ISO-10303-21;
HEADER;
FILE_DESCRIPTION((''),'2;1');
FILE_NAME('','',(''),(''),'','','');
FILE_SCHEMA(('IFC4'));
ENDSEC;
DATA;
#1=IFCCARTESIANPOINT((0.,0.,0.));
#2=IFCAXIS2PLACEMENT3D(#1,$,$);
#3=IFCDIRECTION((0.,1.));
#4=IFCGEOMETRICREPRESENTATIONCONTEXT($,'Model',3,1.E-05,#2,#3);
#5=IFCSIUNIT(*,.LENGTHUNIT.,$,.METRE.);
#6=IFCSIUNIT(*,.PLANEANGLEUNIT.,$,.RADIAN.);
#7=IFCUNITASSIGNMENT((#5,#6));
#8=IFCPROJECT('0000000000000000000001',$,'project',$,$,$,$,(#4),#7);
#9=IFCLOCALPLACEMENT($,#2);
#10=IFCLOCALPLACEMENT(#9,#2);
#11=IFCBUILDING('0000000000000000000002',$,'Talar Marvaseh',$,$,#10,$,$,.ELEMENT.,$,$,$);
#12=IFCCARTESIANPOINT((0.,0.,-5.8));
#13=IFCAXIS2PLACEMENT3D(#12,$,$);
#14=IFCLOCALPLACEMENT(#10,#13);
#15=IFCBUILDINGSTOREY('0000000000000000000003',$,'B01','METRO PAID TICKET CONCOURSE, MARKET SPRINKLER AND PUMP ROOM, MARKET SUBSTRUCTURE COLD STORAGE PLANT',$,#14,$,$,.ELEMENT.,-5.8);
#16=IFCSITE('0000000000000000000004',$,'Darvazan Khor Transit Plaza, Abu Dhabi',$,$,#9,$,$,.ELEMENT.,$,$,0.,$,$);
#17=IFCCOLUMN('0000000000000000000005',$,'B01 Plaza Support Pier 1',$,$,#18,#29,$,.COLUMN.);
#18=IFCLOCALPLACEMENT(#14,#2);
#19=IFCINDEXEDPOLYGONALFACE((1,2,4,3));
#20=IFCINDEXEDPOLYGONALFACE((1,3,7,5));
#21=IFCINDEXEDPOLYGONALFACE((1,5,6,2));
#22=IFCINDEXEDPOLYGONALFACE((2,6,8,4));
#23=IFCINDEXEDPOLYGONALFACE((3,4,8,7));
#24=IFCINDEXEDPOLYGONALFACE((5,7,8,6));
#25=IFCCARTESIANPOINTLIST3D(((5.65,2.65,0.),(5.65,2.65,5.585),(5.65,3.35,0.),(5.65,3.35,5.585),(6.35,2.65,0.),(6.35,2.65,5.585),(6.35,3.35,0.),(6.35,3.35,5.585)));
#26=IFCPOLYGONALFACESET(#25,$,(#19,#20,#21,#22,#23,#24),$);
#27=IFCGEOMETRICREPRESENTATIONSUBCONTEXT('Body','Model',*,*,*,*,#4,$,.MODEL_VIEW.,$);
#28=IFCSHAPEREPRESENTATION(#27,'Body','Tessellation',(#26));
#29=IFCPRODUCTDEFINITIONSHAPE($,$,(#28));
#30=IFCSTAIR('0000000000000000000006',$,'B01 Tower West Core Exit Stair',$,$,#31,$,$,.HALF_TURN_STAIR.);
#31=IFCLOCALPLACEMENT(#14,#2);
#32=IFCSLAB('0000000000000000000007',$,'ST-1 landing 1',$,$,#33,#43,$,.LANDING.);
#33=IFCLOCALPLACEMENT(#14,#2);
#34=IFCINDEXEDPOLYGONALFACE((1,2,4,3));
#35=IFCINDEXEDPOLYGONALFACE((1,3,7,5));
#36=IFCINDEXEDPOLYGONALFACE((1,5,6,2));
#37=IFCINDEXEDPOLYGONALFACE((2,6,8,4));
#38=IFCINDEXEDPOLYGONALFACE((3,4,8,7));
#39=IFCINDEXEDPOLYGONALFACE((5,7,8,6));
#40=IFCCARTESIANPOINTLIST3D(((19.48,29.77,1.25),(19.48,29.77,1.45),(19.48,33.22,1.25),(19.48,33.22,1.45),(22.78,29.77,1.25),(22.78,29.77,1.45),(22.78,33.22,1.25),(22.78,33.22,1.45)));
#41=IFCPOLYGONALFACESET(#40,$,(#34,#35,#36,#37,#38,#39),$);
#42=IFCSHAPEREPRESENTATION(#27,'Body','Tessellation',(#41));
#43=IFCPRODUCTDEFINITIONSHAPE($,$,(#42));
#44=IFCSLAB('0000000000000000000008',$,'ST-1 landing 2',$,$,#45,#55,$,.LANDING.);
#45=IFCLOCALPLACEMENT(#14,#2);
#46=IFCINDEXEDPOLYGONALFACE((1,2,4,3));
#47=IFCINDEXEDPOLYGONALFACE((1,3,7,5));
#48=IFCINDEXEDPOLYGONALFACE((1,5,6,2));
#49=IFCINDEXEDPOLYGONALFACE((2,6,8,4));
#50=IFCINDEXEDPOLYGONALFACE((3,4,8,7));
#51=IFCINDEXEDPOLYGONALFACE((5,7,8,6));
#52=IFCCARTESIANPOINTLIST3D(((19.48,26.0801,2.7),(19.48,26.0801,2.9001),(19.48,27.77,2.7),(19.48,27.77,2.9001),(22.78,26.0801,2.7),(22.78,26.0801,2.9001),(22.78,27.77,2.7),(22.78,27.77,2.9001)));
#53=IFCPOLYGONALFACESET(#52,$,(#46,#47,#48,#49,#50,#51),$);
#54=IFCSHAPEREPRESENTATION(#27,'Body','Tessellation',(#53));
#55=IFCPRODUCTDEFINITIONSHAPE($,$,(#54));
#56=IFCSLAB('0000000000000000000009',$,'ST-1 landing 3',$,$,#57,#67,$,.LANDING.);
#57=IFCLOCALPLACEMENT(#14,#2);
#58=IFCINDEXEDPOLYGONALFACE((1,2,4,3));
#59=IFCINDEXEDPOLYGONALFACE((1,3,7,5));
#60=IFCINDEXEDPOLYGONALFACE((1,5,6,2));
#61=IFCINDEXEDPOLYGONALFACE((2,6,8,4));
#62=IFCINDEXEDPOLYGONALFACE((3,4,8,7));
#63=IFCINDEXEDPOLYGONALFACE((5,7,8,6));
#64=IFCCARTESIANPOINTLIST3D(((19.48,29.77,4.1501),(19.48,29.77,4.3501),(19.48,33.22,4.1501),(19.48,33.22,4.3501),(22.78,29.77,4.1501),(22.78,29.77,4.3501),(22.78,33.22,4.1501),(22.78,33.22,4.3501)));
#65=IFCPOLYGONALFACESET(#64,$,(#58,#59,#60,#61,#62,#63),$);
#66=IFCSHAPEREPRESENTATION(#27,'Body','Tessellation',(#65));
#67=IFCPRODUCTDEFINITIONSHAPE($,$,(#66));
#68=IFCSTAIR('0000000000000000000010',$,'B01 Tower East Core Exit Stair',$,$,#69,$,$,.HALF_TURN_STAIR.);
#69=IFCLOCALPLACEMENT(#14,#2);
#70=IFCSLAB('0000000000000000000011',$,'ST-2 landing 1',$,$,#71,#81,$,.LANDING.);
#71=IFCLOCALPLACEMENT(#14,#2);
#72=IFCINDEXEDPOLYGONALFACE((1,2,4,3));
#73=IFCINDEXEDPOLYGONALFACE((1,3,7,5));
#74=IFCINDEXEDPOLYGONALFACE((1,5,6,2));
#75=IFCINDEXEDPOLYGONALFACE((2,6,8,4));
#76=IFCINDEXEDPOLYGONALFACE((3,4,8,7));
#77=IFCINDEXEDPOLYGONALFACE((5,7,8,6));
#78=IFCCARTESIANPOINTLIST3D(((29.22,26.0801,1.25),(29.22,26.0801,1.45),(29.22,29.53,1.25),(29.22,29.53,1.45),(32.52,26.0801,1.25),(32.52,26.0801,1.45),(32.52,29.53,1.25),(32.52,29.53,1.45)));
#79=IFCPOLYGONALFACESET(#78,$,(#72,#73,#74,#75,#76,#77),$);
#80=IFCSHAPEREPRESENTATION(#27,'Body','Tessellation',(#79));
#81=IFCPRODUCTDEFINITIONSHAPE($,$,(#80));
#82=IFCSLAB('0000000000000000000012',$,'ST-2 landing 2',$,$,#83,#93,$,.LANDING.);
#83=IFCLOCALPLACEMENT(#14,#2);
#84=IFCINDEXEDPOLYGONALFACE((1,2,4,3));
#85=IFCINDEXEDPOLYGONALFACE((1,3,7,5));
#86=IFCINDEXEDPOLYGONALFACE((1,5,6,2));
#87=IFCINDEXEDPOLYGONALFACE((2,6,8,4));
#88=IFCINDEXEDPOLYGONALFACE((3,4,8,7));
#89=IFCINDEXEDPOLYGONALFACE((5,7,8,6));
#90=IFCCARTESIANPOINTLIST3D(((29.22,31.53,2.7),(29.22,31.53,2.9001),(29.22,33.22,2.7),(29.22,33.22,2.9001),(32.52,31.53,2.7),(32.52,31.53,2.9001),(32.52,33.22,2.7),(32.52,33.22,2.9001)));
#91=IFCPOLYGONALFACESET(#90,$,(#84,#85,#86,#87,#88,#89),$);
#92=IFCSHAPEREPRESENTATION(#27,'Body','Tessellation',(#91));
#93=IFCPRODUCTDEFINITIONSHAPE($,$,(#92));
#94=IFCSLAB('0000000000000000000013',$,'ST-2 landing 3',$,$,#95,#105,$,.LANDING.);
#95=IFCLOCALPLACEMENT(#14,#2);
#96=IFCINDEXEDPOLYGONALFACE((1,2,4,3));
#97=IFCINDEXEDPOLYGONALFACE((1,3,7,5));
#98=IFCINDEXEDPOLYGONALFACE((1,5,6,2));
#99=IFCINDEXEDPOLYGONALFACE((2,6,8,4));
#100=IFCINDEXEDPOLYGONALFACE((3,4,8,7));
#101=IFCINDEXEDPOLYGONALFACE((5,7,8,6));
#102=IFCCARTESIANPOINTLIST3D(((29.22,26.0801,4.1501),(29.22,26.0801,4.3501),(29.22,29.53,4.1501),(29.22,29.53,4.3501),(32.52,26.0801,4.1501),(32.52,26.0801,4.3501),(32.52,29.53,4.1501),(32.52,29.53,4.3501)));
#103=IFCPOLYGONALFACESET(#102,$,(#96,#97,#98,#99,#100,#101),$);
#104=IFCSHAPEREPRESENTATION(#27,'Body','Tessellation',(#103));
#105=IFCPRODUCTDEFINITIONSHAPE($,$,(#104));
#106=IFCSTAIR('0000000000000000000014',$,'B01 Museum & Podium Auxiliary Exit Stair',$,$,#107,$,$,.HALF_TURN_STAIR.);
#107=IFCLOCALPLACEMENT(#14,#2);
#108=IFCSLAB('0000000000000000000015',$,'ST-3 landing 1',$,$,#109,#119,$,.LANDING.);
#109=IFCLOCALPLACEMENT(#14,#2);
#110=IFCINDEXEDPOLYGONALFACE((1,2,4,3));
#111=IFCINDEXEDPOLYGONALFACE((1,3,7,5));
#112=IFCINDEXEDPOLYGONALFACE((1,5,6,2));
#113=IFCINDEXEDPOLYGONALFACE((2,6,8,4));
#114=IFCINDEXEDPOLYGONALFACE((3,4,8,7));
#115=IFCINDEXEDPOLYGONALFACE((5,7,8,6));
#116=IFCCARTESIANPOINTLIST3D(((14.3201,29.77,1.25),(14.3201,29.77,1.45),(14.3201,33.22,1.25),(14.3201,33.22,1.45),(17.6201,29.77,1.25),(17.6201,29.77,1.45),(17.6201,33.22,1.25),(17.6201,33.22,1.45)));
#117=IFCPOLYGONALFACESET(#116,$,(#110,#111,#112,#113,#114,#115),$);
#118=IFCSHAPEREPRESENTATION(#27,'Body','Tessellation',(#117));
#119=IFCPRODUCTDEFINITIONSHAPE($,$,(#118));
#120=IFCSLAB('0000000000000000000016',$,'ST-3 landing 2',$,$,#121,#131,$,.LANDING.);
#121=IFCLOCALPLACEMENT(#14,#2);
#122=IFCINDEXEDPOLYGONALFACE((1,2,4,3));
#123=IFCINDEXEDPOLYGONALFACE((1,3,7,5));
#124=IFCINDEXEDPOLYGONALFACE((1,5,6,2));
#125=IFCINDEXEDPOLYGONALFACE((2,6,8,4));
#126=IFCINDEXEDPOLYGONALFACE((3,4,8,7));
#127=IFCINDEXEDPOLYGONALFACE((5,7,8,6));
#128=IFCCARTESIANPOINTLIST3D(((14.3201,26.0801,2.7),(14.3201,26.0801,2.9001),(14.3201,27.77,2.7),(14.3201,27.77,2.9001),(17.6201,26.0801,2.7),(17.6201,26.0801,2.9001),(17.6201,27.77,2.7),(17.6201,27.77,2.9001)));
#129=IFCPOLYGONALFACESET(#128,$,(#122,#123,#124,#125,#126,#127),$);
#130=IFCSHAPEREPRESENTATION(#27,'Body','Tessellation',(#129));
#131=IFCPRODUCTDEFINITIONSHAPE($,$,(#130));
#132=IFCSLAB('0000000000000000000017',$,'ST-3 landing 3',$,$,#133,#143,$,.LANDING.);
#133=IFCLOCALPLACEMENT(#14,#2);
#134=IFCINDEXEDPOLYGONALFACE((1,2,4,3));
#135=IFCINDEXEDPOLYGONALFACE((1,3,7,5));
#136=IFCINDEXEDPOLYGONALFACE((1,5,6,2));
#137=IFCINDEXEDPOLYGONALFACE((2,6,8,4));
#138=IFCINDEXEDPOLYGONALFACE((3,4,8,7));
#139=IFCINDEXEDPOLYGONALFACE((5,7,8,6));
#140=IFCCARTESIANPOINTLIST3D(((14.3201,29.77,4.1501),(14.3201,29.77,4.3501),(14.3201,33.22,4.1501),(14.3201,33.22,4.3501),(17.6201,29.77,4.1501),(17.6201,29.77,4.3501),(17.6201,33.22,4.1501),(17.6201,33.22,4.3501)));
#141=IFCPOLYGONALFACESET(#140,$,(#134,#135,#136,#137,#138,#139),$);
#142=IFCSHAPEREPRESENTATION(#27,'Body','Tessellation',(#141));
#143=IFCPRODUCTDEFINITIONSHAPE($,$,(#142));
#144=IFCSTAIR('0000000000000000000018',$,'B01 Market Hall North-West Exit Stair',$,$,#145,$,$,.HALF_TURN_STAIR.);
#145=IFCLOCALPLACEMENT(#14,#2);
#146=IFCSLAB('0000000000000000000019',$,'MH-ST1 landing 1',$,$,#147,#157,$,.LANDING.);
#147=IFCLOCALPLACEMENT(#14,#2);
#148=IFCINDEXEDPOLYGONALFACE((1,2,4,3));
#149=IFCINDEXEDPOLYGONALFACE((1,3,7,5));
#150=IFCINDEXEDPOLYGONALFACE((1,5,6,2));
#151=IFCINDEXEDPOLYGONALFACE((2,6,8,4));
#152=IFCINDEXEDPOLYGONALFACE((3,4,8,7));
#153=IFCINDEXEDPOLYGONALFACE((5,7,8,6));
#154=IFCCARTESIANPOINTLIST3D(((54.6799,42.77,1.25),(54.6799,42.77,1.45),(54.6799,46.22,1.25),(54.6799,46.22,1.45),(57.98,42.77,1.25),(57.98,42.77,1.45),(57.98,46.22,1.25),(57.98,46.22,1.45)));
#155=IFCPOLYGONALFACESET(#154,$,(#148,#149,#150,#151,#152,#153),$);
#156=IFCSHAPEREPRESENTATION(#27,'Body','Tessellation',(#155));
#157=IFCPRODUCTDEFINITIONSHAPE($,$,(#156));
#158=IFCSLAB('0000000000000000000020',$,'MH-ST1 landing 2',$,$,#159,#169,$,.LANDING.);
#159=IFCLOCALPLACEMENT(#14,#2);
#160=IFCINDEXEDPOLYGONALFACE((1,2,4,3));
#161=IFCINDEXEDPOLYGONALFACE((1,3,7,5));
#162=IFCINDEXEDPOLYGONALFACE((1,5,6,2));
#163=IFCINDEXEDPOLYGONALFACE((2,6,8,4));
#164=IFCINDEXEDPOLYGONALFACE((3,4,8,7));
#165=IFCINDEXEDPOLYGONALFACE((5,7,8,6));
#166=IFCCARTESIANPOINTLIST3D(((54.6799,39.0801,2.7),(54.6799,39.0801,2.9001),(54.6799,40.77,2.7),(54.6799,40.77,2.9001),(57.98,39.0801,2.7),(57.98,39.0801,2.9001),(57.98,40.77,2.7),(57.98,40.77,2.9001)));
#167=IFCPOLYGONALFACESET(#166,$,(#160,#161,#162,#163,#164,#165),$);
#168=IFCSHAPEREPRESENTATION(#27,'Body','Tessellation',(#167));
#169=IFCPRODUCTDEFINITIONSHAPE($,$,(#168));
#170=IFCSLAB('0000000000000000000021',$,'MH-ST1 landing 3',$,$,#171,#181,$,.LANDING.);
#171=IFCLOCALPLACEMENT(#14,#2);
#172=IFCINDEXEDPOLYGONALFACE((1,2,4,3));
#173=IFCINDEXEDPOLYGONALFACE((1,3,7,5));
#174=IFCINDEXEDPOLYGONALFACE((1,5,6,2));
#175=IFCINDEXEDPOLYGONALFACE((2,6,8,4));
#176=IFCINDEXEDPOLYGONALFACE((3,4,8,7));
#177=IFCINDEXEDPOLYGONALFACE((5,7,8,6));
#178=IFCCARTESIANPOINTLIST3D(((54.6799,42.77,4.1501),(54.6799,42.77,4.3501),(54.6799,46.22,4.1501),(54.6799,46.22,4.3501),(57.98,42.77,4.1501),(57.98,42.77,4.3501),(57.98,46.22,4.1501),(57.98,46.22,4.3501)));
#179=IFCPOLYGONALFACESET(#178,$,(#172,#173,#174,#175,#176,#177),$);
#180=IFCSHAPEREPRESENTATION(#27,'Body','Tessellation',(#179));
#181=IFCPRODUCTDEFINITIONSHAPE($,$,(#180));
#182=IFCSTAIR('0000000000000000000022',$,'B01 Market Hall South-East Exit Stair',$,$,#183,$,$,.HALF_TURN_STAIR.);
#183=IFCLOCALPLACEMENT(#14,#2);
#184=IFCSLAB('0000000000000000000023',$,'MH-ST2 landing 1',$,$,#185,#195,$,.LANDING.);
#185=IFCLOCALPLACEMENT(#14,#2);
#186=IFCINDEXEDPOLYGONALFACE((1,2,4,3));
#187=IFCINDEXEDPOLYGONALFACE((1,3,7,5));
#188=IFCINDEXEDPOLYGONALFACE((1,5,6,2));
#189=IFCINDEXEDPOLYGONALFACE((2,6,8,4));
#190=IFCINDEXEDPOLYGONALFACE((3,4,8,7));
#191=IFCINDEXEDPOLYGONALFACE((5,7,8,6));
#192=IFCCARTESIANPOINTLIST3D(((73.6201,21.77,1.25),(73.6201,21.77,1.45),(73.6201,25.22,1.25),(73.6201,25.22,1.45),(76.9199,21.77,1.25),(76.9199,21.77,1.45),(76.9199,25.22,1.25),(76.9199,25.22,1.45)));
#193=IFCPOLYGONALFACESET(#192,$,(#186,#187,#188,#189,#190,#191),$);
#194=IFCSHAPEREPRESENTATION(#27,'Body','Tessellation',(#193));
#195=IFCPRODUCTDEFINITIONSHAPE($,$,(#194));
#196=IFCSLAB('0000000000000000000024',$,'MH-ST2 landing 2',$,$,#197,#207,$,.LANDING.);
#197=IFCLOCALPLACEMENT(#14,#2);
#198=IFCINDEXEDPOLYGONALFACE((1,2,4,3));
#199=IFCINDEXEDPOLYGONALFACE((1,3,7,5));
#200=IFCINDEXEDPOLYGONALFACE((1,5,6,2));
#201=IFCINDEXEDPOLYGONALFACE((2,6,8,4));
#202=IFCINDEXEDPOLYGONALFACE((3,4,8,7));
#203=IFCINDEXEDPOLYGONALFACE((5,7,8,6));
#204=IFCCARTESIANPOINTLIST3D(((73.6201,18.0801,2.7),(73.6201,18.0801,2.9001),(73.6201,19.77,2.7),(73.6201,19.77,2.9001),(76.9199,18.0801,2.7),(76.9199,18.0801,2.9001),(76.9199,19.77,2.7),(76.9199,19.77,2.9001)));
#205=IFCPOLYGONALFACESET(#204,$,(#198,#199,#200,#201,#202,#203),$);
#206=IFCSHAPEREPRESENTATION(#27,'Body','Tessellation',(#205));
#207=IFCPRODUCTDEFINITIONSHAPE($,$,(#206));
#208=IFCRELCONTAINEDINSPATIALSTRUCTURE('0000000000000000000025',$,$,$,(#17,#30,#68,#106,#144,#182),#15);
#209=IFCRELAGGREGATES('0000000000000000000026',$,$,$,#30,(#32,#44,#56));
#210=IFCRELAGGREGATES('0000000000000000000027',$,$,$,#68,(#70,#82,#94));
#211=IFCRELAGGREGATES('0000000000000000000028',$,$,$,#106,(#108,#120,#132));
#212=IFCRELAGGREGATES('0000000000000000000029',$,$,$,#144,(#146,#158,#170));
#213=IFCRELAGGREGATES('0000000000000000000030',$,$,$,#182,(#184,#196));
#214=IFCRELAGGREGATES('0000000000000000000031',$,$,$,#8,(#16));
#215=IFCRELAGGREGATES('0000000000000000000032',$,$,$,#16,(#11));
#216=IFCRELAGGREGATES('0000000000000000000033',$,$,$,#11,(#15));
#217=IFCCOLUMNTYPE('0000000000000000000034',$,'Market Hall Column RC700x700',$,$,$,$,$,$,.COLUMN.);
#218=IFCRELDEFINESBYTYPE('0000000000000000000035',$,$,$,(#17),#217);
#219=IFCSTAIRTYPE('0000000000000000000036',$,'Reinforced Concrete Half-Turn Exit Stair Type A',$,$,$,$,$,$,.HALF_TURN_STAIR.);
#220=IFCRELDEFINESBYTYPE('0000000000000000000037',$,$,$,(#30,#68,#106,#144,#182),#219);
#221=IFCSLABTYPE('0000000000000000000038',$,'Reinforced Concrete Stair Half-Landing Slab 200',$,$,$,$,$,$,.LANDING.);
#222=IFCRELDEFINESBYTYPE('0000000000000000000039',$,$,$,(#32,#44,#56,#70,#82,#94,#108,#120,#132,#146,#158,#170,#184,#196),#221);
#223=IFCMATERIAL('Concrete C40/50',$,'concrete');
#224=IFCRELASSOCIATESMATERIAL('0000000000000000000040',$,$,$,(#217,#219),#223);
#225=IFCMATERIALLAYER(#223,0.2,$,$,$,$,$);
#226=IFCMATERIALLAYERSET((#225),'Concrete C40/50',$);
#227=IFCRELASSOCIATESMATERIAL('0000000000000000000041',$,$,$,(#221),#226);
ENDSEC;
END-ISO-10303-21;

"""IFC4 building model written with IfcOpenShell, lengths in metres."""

from ifc_helpers import new_model, si_unit, direction, frame, origin, origin_2d, place, context, subcontext, project, spatial, polyline, rectangle, outline, extrude, material, layer, layer_set, material_profile, profile_set, type_object, element, aggregate, save


model = new_model("IFC4")

# Units and contexts
model_context = context("Model", 3, precision=1e-05, world=origin(), true_north=direction((0.0, 1.0)))
body_context = subcontext(model_context, "Body", "Model", "MODEL_VIEW")
ifc_project = project(units=[si_unit("LENGTHUNIT", "METRE"), si_unit("PLANEANGLEUNIT", "RADIAN")], contexts=[model_context])

# Site, building, storey
site_placement = place(None, origin())
site = spatial("IfcSite", under=ifc_project, at=site_placement, Name="Darvazan Khor Transit Plaza, Abu Dhabi", CompositionType="ELEMENT", RefElevation=0.0)
building_placement = place(site_placement, origin())
building = spatial("IfcBuilding", under=site, at=building_placement, Name="Talar Marvaseh", CompositionType="ELEMENT")
storey_placement = place(building_placement, frame((0.0, 0.0, -5.8)))
storey = spatial("IfcBuildingStorey", under=building, at=storey_placement, Name="B01", Description="METRO PAID TICKET CONCOURSE, MARKET SPRINKLER AND PUMP ROOM, MARKET SUBSTRUCTURE COLD STORAGE PLANT", CompositionType="ELEMENT", Elevation=-5.8)

# Column
ifc_material_1 = material(Name="Concrete C40/50", Category="concrete")
ifc_material_profile = material_profile(ifc_material_1, rectangle(XDim=0.7, YDim=0.7, at=origin_2d()), Name="RC700x700")
ifc_profile_set = profile_set([ifc_material_profile], Name="Concrete C40/50")
column_type = type_object("IfcColumnType", Name="Market Hall Column RC700x700", PredefinedType="COLUMN", material=ifc_profile_set)
column_placement = place(storey_placement, frame((6.0, 3.0, 0.0), z_axis=(0.0, 0.0, 1.0), x_axis=(1.0, 0.0, 0.0)))
element("IfcColumn", 1, at=column_placement, inside=storey, type_object=column_type, Name="B01 Plaza Support Pier 1", PredefinedType="COLUMN", context=body_context, shape_type="SweptSolid", body=[
    extrude(rectangle(XDim=0.7, YDim=0.7, at=origin_2d()), origin(), (0.0, 0.0, 1.0), 5.585),
])

# Stairs, slabs
stair_type = type_object("IfcStairType", Name="Reinforced Concrete Half-Turn Exit Stair Type A", PredefinedType="HALF_TURN_STAIR", material=ifc_material_1)
stair_1_placement = place(storey_placement, origin())
stair_1 = element("IfcStair", 2, at=stair_1_placement, inside=storey, type_object=stair_type, Name="B01 Tower West Core Exit Stair", PredefinedType="HALF_TURN_STAIR")
ifc_layer_1 = layer(ifc_material_1, 0.2)
ifc_layer_set_1 = layer_set([ifc_layer_1], Name="Concrete C40/50")
slab_type_1 = type_object("IfcSlabType", Name="Reinforced Concrete Stair Half-Landing Slab 200", PredefinedType="LANDING", material=ifc_layer_set_1)
slab_1_placement = place(storey_placement, frame((0.0, 0.0, 1.25)))
slab_1 = element("IfcSlab", 3, at=slab_1_placement, type_object=slab_type_1, Name="ST-1 landing 1", PredefinedType="LANDING", context=body_context, shape_type="SweptSolid", body=[
    extrude(outline(polyline([(22.78, 29.77), (22.78, 33.22), (19.48, 33.22), (19.48, 29.77), (22.78, 29.77)])), origin(), (0.0, 0.0, 1.0), 0.2),
])
slab_2_placement = place(storey_placement, frame((0.0, 0.0, 2.7)))
slab_2 = element("IfcSlab", 4, at=slab_2_placement, type_object=slab_type_1, Name="ST-1 landing 2", PredefinedType="LANDING", context=body_context, shape_type="SweptSolid", body=[
    extrude(outline(polyline([(22.78, 26.0801), (22.78, 27.77), (19.48, 27.77), (19.48, 26.0801), (22.78, 26.0801)])), origin(), (0.0, 0.0, 1.0), 0.2002),
])
slab_3_placement = place(storey_placement, frame((0.0, 0.0, 4.1501)))
slab_3 = element("IfcSlab", 5, at=slab_3_placement, type_object=slab_type_1, Name="ST-1 landing 3", PredefinedType="LANDING", context=body_context, shape_type="SweptSolid", body=[
    extrude(outline(polyline([(22.78, 29.77), (22.78, 33.22), (19.48, 33.22), (19.48, 29.77), (22.78, 29.77)])), origin(), (0.0, 0.0, 1.0), 0.2),
])
aggregate(stair_1, [slab_1, slab_2, slab_3])
stair_2_placement = place(storey_placement, origin())
stair_2 = element("IfcStair", 6, at=stair_2_placement, inside=storey, type_object=stair_type, Name="B01 Tower East Core Exit Stair", PredefinedType="HALF_TURN_STAIR")
slab_4_placement = place(storey_placement, frame((0.0, 0.0, 1.25)))
slab_4 = element("IfcSlab", 7, at=slab_4_placement, type_object=slab_type_1, Name="ST-2 landing 1", PredefinedType="LANDING", context=body_context, shape_type="SweptSolid", body=[
    extrude(outline(polyline([(29.22, 29.53), (29.22, 26.0801), (32.52, 26.0801), (32.52, 29.53), (29.22, 29.53)])), origin(), (0.0, 0.0, 1.0), 0.2),
])
slab_5_placement = place(storey_placement, frame((0.0, 0.0, 2.7)))
slab_5 = element("IfcSlab", 8, at=slab_5_placement, type_object=slab_type_1, Name="ST-2 landing 2", PredefinedType="LANDING", context=body_context, shape_type="SweptSolid", body=[
    extrude(outline(polyline([(29.22, 33.22), (29.22, 31.53), (32.52, 31.53), (32.52, 33.22), (29.22, 33.22)])), origin(), (0.0, 0.0, 1.0), 0.2002),
])
slab_6_placement = place(storey_placement, frame((0.0, 0.0, 4.1501)))
slab_6 = element("IfcSlab", 9, at=slab_6_placement, type_object=slab_type_1, Name="ST-2 landing 3", PredefinedType="LANDING", context=body_context, shape_type="SweptSolid", body=[
    extrude(outline(polyline([(29.22, 29.53), (29.22, 26.0801), (32.52, 26.0801), (32.52, 29.53), (29.22, 29.53)])), origin(), (0.0, 0.0, 1.0), 0.2),
])
aggregate(stair_2, [slab_4, slab_5, slab_6])
stair_3_placement = place(storey_placement, origin())
stair_3 = element("IfcStair", 10, at=stair_3_placement, inside=storey, type_object=stair_type, Name="B01 Museum & Podium Auxiliary Exit Stair", PredefinedType="HALF_TURN_STAIR")
slab_7_placement = place(storey_placement, frame((0.0, 0.0, 1.25)))
slab_7 = element("IfcSlab", 11, at=slab_7_placement, type_object=slab_type_1, Name="ST-3 landing 1", PredefinedType="LANDING", context=body_context, shape_type="SweptSolid", body=[
    extrude(outline(polyline([(17.6201, 29.77), (17.6201, 33.22), (14.3201, 33.22), (14.3201, 29.77), (17.6201, 29.77)])), origin(), (0.0, 0.0, 1.0), 0.2),
])
slab_8_placement = place(storey_placement, frame((0.0, 0.0, 2.7)))
slab_8 = element("IfcSlab", 12, at=slab_8_placement, type_object=slab_type_1, Name="ST-3 landing 2", PredefinedType="LANDING", context=body_context, shape_type="SweptSolid", body=[
    extrude(outline(polyline([(17.6201, 26.0801), (17.6201, 27.77), (14.3201, 27.77), (14.3201, 26.0801), (17.6201, 26.0801)])), origin(), (0.0, 0.0, 1.0), 0.2002),
])
slab_9_placement = place(storey_placement, frame((0.0, 0.0, 4.1501)))
slab_9 = element("IfcSlab", 13, at=slab_9_placement, type_object=slab_type_1, Name="ST-3 landing 3", PredefinedType="LANDING", context=body_context, shape_type="SweptSolid", body=[
    extrude(outline(polyline([(17.6201, 29.77), (17.6201, 33.22), (14.3201, 33.22), (14.3201, 29.77), (17.6201, 29.77)])), origin(), (0.0, 0.0, 1.0), 0.2),
])
aggregate(stair_3, [slab_7, slab_8, slab_9])
stair_4_placement = place(storey_placement, origin())
stair_4 = element("IfcStair", 14, at=stair_4_placement, inside=storey, type_object=stair_type, Name="B01 Market Hall North-West Exit Stair", PredefinedType="HALF_TURN_STAIR")
slab_10_placement = place(storey_placement, frame((0.0, 0.0, 1.25)))
slab_10 = element("IfcSlab", 15, at=slab_10_placement, type_object=slab_type_1, Name="MH-ST1 landing 1", PredefinedType="LANDING", context=body_context, shape_type="SweptSolid", body=[
    extrude(outline(polyline([(57.98, 42.77), (57.98, 46.22), (54.6799, 46.22), (54.6799, 42.77), (57.98, 42.77)])), origin(), (0.0, 0.0, 1.0), 0.2),
])
slab_11_placement = place(storey_placement, frame((0.0, 0.0, 2.7)))
slab_11 = element("IfcSlab", 16, at=slab_11_placement, type_object=slab_type_1, Name="MH-ST1 landing 2", PredefinedType="LANDING", context=body_context, shape_type="SweptSolid", body=[
    extrude(outline(polyline([(57.98, 39.0801), (57.98, 40.77), (54.6799, 40.77), (54.6799, 39.0801), (57.98, 39.0801)])), origin(), (0.0, 0.0, 1.0), 0.2002),
])
slab_12_placement = place(storey_placement, frame((0.0, 0.0, 4.1501)))
slab_12 = element("IfcSlab", 17, at=slab_12_placement, type_object=slab_type_1, Name="MH-ST1 landing 3", PredefinedType="LANDING", context=body_context, shape_type="SweptSolid", body=[
    extrude(outline(polyline([(57.98, 42.77), (57.98, 46.22), (54.6799, 46.22), (54.6799, 42.77), (57.98, 42.77)])), origin(), (0.0, 0.0, 1.0), 0.2),
])
aggregate(stair_4, [slab_10, slab_11, slab_12])
stair_5_placement = place(storey_placement, origin())
stair_5 = element("IfcStair", 18, at=stair_5_placement, inside=storey, type_object=stair_type, Name="B01 Market Hall South-East Exit Stair", PredefinedType="HALF_TURN_STAIR")
slab_13_placement = place(storey_placement, frame((0.0, 0.0, 1.25)))
slab_13 = element("IfcSlab", 19, at=slab_13_placement, type_object=slab_type_1, Name="MH-ST2 landing 1", PredefinedType="LANDING", context=body_context, shape_type="SweptSolid", body=[
    extrude(outline(polyline([(76.9199, 21.77), (76.9199, 25.22), (73.6201, 25.22), (73.6201, 21.77), (76.9199, 21.77)])), origin(), (0.0, 0.0, 1.0), 0.2),
])
slab_14_placement = place(storey_placement, frame((0.0, 0.0, 2.7)))
slab_14 = element("IfcSlab", 20, at=slab_14_placement, type_object=slab_type_1, Name="MH-ST2 landing 2", PredefinedType="LANDING", context=body_context, shape_type="SweptSolid", body=[
    extrude(outline(polyline([(76.9199, 18.0801), (76.9199, 19.77), (73.6201, 19.77), (73.6201, 18.0801), (76.9199, 18.0801)])), origin(), (0.0, 0.0, 1.0), 0.2002),
])
aggregate(stair_5, [slab_13, slab_14])

save(model, "model.ifc")
